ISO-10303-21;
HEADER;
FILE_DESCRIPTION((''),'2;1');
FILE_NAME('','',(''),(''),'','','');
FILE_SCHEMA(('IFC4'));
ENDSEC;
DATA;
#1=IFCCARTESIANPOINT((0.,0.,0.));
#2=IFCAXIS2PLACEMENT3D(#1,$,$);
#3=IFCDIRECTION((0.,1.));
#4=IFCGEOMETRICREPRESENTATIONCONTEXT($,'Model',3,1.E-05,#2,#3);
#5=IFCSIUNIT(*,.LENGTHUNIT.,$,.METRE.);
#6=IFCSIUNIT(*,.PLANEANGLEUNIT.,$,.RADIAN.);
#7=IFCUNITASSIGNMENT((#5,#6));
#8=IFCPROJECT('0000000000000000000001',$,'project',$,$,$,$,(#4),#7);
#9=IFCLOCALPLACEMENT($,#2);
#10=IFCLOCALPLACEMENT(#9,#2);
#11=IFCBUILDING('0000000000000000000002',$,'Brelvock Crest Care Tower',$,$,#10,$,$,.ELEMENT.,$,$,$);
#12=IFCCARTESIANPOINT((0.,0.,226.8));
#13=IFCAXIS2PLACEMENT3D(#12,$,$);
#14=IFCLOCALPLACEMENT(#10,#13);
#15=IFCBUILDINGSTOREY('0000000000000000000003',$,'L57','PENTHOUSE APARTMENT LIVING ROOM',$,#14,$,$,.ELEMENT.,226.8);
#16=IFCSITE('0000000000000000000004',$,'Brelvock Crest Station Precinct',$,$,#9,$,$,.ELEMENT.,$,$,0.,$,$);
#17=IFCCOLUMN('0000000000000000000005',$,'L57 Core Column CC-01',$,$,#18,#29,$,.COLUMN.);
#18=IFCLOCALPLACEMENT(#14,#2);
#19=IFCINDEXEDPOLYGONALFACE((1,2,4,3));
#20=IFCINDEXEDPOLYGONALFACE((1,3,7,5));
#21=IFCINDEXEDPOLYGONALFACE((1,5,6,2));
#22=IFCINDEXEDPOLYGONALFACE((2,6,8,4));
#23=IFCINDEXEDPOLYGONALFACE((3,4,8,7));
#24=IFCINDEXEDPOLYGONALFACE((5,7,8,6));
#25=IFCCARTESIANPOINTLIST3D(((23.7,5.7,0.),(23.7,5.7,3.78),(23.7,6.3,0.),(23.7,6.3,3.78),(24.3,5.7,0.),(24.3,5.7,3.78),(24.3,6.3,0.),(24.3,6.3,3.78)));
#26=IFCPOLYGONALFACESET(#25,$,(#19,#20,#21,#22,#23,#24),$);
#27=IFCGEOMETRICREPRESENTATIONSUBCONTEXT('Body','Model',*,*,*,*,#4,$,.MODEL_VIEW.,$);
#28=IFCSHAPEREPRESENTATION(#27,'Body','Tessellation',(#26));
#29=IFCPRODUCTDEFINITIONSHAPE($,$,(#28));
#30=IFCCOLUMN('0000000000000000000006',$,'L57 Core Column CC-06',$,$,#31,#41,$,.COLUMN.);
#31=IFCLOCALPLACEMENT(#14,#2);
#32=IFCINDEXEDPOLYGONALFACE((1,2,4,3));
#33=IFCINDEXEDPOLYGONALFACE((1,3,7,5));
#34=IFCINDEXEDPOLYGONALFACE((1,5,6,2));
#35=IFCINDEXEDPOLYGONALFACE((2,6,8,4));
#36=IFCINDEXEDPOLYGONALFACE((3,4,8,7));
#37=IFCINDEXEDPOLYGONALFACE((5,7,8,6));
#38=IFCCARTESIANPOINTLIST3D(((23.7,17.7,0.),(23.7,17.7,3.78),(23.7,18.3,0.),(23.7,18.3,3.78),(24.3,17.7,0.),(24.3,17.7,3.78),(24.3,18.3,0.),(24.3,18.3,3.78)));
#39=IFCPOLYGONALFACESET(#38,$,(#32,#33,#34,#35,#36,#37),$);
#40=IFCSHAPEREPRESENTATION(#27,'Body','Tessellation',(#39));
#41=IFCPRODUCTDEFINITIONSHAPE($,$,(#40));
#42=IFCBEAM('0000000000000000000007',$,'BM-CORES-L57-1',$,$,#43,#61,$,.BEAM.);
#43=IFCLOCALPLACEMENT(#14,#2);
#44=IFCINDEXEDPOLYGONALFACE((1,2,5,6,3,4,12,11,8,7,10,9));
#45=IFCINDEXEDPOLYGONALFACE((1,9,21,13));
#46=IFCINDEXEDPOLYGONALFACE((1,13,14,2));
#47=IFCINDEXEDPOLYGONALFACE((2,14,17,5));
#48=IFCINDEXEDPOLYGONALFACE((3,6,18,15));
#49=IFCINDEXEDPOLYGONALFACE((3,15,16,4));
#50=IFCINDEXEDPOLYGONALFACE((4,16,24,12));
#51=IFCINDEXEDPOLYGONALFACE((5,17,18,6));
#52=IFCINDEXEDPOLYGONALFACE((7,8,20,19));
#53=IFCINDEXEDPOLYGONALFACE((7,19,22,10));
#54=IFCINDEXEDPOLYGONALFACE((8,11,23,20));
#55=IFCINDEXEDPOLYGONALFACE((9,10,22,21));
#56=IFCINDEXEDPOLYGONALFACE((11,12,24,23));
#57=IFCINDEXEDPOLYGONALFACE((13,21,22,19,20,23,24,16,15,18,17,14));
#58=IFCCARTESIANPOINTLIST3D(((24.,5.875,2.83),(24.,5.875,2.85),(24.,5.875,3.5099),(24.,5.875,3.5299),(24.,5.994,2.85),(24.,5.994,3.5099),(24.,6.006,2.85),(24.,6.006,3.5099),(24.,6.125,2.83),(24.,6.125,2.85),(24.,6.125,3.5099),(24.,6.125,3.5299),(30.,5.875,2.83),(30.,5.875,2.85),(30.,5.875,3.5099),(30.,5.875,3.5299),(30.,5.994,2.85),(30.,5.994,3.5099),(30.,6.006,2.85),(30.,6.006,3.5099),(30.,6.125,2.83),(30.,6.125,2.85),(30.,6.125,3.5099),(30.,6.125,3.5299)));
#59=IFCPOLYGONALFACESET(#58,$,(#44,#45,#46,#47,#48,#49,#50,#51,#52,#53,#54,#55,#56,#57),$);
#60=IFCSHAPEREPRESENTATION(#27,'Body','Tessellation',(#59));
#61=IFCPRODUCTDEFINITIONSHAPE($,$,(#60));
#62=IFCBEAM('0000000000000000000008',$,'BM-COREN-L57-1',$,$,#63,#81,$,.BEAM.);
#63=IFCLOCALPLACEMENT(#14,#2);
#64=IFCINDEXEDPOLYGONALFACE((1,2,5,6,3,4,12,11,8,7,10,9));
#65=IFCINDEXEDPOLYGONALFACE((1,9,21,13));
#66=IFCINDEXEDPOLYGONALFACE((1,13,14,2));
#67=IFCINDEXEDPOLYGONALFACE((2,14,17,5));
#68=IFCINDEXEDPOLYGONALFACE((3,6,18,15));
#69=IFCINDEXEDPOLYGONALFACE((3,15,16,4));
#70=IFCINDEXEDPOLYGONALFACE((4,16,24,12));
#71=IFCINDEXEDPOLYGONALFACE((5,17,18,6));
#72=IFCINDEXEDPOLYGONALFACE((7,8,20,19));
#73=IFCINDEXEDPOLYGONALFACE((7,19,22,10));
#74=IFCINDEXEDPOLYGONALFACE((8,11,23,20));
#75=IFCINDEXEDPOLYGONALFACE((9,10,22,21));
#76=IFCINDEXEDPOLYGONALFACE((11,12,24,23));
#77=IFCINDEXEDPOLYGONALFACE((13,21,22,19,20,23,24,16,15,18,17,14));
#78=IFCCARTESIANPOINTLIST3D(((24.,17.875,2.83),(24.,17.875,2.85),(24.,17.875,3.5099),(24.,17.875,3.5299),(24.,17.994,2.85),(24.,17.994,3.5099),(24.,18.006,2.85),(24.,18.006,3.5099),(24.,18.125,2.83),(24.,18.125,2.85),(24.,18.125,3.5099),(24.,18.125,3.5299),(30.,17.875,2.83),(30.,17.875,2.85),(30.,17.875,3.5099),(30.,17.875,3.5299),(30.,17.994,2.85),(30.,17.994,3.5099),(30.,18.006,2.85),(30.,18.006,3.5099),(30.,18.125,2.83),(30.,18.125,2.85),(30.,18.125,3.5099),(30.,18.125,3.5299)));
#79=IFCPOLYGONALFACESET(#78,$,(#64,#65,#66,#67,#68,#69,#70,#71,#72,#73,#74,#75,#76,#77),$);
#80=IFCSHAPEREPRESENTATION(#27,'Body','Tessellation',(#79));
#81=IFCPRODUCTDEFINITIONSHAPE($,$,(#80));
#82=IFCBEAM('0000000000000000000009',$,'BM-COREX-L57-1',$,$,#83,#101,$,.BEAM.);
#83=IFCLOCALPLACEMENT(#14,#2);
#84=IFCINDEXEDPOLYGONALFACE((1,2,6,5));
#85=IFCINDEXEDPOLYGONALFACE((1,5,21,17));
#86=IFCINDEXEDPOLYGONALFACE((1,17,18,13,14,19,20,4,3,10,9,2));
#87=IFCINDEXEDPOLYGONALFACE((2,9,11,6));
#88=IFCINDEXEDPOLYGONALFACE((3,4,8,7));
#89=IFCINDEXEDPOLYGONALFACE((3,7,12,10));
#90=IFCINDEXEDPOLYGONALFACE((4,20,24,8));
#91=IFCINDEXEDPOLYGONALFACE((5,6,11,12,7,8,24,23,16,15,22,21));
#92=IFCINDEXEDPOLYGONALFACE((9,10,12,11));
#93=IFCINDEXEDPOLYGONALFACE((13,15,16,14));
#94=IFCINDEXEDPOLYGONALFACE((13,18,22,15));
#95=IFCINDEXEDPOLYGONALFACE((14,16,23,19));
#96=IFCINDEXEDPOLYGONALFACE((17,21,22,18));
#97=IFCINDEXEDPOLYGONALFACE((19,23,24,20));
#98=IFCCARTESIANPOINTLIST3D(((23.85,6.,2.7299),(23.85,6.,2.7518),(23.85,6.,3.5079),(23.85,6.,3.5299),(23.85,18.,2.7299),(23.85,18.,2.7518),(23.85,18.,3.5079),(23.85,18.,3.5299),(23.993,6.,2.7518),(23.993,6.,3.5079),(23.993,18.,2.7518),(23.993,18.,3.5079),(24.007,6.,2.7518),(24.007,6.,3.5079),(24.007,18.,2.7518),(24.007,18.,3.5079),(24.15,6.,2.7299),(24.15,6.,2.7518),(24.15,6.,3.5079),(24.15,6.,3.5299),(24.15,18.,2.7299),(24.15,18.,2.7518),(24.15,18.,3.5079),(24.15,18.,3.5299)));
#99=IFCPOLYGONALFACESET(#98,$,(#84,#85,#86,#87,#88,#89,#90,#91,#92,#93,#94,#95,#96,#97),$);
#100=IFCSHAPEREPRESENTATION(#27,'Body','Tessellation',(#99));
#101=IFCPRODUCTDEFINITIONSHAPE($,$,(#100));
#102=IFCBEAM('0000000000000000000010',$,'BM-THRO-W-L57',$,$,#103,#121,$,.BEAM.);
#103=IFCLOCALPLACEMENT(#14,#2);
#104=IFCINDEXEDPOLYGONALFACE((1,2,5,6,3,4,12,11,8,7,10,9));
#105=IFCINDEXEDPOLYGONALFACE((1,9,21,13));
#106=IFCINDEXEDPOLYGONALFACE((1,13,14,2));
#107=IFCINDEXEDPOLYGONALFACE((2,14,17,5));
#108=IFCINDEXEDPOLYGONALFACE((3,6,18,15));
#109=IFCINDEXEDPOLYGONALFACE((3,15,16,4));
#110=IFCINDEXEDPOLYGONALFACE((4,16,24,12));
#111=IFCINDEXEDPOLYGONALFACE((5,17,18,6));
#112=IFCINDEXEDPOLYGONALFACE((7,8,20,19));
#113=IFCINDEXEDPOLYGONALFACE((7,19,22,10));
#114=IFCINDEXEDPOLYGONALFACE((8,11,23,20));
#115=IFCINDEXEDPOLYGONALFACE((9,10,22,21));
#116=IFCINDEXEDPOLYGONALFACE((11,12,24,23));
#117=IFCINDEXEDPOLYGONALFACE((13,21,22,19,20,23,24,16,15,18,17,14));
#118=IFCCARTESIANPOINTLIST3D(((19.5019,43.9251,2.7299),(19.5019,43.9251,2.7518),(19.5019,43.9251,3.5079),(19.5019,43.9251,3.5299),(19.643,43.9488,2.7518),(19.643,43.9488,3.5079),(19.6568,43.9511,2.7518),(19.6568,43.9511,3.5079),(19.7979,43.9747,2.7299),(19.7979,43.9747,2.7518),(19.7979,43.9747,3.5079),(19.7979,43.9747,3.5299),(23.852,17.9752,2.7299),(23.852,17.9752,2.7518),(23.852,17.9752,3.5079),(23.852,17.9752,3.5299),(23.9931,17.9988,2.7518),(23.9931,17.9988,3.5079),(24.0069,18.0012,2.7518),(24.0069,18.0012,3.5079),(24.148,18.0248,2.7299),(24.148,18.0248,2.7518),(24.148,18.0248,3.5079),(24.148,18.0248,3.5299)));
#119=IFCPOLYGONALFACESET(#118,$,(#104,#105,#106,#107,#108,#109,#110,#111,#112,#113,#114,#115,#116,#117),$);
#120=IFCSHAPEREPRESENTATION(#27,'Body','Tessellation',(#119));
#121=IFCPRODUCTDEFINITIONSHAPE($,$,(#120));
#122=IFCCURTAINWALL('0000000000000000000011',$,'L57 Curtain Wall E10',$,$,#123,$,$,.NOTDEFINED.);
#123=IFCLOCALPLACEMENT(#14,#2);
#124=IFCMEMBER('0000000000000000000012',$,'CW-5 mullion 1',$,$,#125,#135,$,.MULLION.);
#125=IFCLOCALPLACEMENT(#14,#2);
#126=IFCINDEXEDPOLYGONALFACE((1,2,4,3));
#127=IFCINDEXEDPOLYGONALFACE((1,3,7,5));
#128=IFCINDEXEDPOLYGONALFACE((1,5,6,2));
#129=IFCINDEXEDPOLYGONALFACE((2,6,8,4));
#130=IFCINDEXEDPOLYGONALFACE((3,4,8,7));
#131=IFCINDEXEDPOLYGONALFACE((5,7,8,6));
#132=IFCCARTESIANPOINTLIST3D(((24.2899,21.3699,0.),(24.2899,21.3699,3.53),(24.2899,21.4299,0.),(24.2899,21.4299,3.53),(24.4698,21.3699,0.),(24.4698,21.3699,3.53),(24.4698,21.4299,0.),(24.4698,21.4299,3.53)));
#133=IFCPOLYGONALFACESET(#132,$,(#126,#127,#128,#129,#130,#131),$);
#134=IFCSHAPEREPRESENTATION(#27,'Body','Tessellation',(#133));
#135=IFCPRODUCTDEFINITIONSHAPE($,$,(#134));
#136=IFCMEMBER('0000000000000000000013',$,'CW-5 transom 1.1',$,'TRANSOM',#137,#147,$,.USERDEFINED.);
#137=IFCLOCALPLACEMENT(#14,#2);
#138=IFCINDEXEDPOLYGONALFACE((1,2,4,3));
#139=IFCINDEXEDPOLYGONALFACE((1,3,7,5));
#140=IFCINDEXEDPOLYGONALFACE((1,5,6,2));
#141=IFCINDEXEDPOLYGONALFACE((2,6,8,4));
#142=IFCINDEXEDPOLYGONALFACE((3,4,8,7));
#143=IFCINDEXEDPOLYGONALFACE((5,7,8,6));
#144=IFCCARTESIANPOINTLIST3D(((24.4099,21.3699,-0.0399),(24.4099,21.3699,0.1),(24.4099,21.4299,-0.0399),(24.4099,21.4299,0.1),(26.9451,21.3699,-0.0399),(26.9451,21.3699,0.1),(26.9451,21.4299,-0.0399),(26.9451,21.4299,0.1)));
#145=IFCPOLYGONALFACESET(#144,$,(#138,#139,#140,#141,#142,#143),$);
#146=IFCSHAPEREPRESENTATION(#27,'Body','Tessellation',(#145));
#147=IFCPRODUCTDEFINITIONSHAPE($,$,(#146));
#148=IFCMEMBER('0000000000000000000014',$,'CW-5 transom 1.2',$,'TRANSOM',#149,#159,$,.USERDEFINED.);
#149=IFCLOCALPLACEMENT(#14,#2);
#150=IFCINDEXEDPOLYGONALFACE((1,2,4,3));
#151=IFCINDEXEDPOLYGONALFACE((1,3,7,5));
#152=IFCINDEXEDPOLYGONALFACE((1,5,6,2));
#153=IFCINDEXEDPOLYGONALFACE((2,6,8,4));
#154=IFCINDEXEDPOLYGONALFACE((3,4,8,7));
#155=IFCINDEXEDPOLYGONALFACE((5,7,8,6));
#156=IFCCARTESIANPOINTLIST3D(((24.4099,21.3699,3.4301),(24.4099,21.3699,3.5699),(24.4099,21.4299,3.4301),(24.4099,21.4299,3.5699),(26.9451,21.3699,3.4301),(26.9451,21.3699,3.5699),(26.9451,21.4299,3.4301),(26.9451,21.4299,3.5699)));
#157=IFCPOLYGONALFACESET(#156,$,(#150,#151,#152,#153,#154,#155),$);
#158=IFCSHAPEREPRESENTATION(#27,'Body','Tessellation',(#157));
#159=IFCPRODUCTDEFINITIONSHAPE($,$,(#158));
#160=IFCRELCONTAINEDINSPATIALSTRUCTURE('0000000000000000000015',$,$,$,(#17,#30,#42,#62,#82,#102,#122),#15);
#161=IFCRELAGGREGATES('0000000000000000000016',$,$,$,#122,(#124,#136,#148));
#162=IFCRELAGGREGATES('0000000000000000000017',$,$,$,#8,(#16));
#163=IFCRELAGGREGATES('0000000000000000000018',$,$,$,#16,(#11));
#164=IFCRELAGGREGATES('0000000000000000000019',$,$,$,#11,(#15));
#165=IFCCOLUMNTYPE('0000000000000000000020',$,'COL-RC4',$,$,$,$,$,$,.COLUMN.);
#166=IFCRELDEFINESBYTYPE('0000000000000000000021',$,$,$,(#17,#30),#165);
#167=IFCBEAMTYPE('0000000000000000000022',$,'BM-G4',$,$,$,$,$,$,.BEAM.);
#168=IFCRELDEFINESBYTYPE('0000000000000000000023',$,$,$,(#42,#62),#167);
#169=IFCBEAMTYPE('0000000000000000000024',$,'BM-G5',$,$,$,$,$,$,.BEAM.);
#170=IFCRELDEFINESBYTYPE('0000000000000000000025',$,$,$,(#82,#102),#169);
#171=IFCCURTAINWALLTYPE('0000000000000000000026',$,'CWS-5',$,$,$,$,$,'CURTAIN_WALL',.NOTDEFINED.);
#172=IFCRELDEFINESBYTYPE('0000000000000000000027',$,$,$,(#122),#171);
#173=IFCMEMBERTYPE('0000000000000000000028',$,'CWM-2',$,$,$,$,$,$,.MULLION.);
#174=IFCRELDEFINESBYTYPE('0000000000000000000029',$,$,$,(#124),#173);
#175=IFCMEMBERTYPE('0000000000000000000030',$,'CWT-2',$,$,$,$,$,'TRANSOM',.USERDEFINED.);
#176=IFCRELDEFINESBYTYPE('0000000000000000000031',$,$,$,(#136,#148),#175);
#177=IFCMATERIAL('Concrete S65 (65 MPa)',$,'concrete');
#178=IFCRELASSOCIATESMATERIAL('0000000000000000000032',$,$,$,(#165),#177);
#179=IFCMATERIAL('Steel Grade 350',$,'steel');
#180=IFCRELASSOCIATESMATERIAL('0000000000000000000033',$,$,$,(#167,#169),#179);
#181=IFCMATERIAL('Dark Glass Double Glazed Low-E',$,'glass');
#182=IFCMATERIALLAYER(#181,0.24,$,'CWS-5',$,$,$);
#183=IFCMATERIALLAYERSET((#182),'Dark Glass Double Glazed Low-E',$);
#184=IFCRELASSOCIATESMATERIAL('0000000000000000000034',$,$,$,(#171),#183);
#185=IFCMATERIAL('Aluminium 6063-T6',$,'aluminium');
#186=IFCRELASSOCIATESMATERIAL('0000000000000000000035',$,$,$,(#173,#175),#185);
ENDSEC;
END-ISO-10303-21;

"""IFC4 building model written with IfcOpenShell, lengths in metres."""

from ifc_helpers import new_model, si_unit, direction, frame, origin, origin_2d, place, context, subcontext, project, spatial, rectangle, i_section, extrude, source, transform, mapped, material, layer, layer_set, material_profile, profile_set, type_object, element, aggregate, save


model = new_model("IFC4")

# Units and contexts
model_context = context("Model", 3, precision=1e-05, world=origin(), true_north=direction((0.0, 1.0)))
body_context = subcontext(model_context, "Body", "Model", "MODEL_VIEW")
ifc_project = project(units=[si_unit("LENGTHUNIT", "METRE"), si_unit("PLANEANGLEUNIT", "RADIAN")], contexts=[model_context])

# Site, building, storey
site_placement = place(None, origin())
site = spatial("IfcSite", under=ifc_project, at=site_placement, Name="Brelvock Crest Station Precinct", CompositionType="ELEMENT", RefElevation=0.0)
building_placement = place(site_placement, origin())
building = spatial("IfcBuilding", under=site, at=building_placement, Name="Brelvock Crest Care Tower", CompositionType="ELEMENT")
storey_placement = place(building_placement, frame((0.0, 0.0, 226.8)))
storey = spatial("IfcBuildingStorey", under=building, at=storey_placement, Name="L57", Description="PENTHOUSE APARTMENT LIVING ROOM", CompositionType="ELEMENT", Elevation=226.8)

# Columns
ifc_material_1 = material(Name="Concrete S65 (65 MPa)", Category="concrete")
ifc_material_profile_1 = material_profile(ifc_material_1, rectangle(XDim=0.6001, YDim=0.6001, at=origin_2d()), Name="RC600x600")
ifc_profile_set_1 = profile_set([ifc_material_profile_1], Name="Concrete S65 (65 MPa)")
column_type = type_object("IfcColumnType", Name="COL-RC4", PredefinedType="COLUMN", material=ifc_profile_set_1)
shared_shape_1 = source(origin(), body_context, "Body", "SweptSolid", [
    extrude(rectangle(XDim=0.6001, YDim=0.6001, at=origin_2d()), origin(), (0.0, 0.0, 1.0), 3.78),
])
for number, where, z_axis, x_axis, name in (
    (1, (24.0, 6.0, 0.0), (0.0, 0.0, 1.0), (1.0, 0.0, 0.0), "L57 Core Column CC-01"),
    (2, (24.0, 18.0, 0.0), (0.0, 0.0, 1.0), (1.0, 0.0, 0.0), "L57 Core Column CC-06"),
):
    element("IfcColumn", number, at=place(storey_placement, frame(where, z_axis=z_axis, x_axis=x_axis)), inside=storey, type_object=column_type, Name=name, PredefinedType="COLUMN", context=body_context, shape_type="MappedRepresentation", body=[
        mapped(shared_shape_1, transform((0.0, 0.0, 0.0), x_axis=(1.0, 0.0, 0.0), y_axis=(0.0, 1.0, 0.0), z_axis=(0.0, 0.0, 1.0), scale=1.0)),
    ])

# Beams
ifc_material_2 = material(Name="Steel Grade 350", Category="steel")
ifc_material_profile_2 = material_profile(ifc_material_2, i_section(OverallWidth=0.25, OverallDepth=0.7, WebThickness=0.012, FlangeThickness=0.02, at=origin_2d()), Name="700WB150")
ifc_profile_set_2 = profile_set([ifc_material_profile_2], Name="Steel Grade 350")
beam_type_1 = type_object("IfcBeamType", Name="BM-G4", PredefinedType="BEAM", material=ifc_profile_set_2)
shared_shape_2 = source(origin(), body_context, "Body", "SweptSolid", [
    extrude(i_section(OverallWidth=0.25, OverallDepth=0.7, WebThickness=0.012, FlangeThickness=0.02, at=origin_2d()), origin(), (0.0, 0.0, 1.0), 6.0),
])
for number, where, z_axis, x_axis, name in (
    (3, (24.0, 6.0, 3.1799), (1.0, 0.0, 0.0), (0.0, 1.0, 0.0), "BM-CORES-L57-1"),
    (4, (24.0, 18.0, 3.1799), (1.0, 0.0, 0.0), (0.0, 1.0, 0.0), "BM-COREN-L57-1"),
):
    element("IfcBeam", number, at=place(storey_placement, frame(where, z_axis=z_axis, x_axis=x_axis)), inside=storey, type_object=beam_type_1, Name=name, PredefinedType="BEAM", context=body_context, shape_type="MappedRepresentation", body=[
        mapped(shared_shape_2, transform((0.0, 0.0, 0.0), x_axis=(1.0, 0.0, 0.0), y_axis=(0.0, 1.0, 0.0), z_axis=(0.0, 0.0, 1.0), scale=1.0)),
    ])
ifc_material_profile_3 = material_profile(ifc_material_2, i_section(OverallWidth=0.3, OverallDepth=0.8, WebThickness=0.0139, FlangeThickness=0.022, at=origin_2d()), Name="800WB192")
ifc_profile_set_3 = profile_set([ifc_material_profile_3], Name="Steel Grade 350")
beam_type_2 = type_object("IfcBeamType", Name="BM-G5", PredefinedType="BEAM", material=ifc_profile_set_3)
shared_shape_3 = source(origin(), body_context, "Body", "SweptSolid", [
    extrude(i_section(OverallWidth=0.3, OverallDepth=0.8, WebThickness=0.0139, FlangeThickness=0.022, at=origin_2d()), origin(), (0.0, 0.0, 1.0), 12.0),
])
beam_1_placement = place(storey_placement, frame((24.0, 6.0, 3.1299), z_axis=(0.0, 1.0, 0.0), x_axis=(-1.0, 0.0, 0.0)))
element("IfcBeam", 5, at=beam_1_placement, inside=storey, type_object=beam_type_2, Name="BM-COREX-L57-1", PredefinedType="BEAM", context=body_context, shape_type="MappedRepresentation", body=[
    mapped(shared_shape_3, transform((0.0, 0.0, 0.0), x_axis=(1.0, 0.0, 0.0), y_axis=(0.0, 1.0, 0.0), z_axis=(0.0, 0.0, 1.0), scale=1.0)),
])
shared_shape_4 = source(origin(), body_context, "Body", "SweptSolid", [
    extrude(i_section(OverallWidth=0.3, OverallDepth=0.8, WebThickness=0.0139, FlangeThickness=0.022, at=origin_2d()), origin(), (0.0, 0.0, 1.0), 26.312),
])
beam_2_placement = place(storey_placement, frame((24.0, 18.0, 3.1299), z_axis=(-0.165327, 0.986239, 0.0), x_axis=(-0.986239, -0.165327, 0.0)))
element("IfcBeam", 6, at=beam_2_placement, inside=storey, type_object=beam_type_2, Name="BM-THRO-W-L57", PredefinedType="BEAM", context=body_context, shape_type="MappedRepresentation", body=[
    mapped(shared_shape_4, transform((0.0, 0.0, 0.0), x_axis=(1.0, 0.0, 0.0), y_axis=(0.0, 1.0, 0.0), z_axis=(0.0, 0.0, 1.0), scale=1.0)),
])

# Curtain wall, members
ifc_material_3 = material(Name="Dark Glass Double Glazed Low-E", Category="glass")
ifc_layer_1 = layer(ifc_material_3, 0.24, Name="CWS-5")
ifc_layer_set_1 = layer_set([ifc_layer_1], Name="Dark Glass Double Glazed Low-E")
curtain_wall_type = type_object("IfcCurtainWallType", Name="CWS-5", ElementType="CURTAIN_WALL", PredefinedType="NOTDEFINED", material=ifc_layer_set_1)
curtain_wall_placement = place(storey_placement, origin())
curtain_wall = element("IfcCurtainWall", 7, at=curtain_wall_placement, inside=storey, type_object=curtain_wall_type, Name="L57 Curtain Wall E10", PredefinedType="NOTDEFINED")
ifc_material_4 = material(Name="Aluminium 6063-T6", Category="aluminium")
ifc_material_profile_4 = material_profile(ifc_material_4, rectangle(XDim=0.0601, YDim=0.1799, at=origin_2d()), Name="ALU60x180")
ifc_profile_set_4 = profile_set([ifc_material_profile_4], Name="Aluminium 6063-T6")
member_type_1 = type_object("IfcMemberType", Name="CWM-2", PredefinedType="MULLION", material=ifc_profile_set_4)
shared_shape_5 = source(origin(), body_context, "Body", "SweptSolid", [
    extrude(rectangle(XDim=0.0601, YDim=0.1799, at=origin_2d()), origin(), (0.0, 0.0, 1.0), 3.53),
])
member_1_placement = place(storey_placement, frame((24.3799, 21.3999, 0.0), z_axis=(0.0, 0.0, 1.0), x_axis=(0.0, 1.0, 0.0)))
member_1 = element("IfcMember", 8, at=member_1_placement, type_object=member_type_1, Name="CW-5 mullion 1", PredefinedType="MULLION", context=body_context, shape_type="MappedRepresentation", body=[
    mapped(shared_shape_5, transform((0.0, 0.0, 0.0), x_axis=(1.0, 0.0, 0.0), y_axis=(0.0, 1.0, 0.0), z_axis=(0.0, 0.0, 1.0), scale=1.0)),
])
ifc_material_profile_5 = material_profile(ifc_material_4, rectangle(XDim=0.0601, YDim=0.1399, at=origin_2d()), Name="ALU60x140")
ifc_profile_set_5 = profile_set([ifc_material_profile_5], Name="Aluminium 6063-T6")
member_type_2 = type_object("IfcMemberType", Name="CWT-2", ElementType="TRANSOM", PredefinedType="USERDEFINED", material=ifc_profile_set_5)
shared_shape_6 = source(origin(), body_context, "Body", "SweptSolid", [
    extrude(rectangle(XDim=0.0601, YDim=0.1399, at=origin_2d()), origin(), (0.0, 0.0, 1.0), 2.5352),
])
member_2_placement = place(storey_placement, frame((24.4099, 21.3999, 0.03), z_axis=(1.0, 0.0, 0.0), x_axis=(0.0, 1.0, 0.0)))
member_2 = element("IfcMember", 9, at=member_2_placement, type_object=member_type_2, Name="CW-5 transom 1.1", ObjectType="TRANSOM", PredefinedType="USERDEFINED", context=body_context, shape_type="MappedRepresentation", body=[
    mapped(shared_shape_6, transform((0.0, 0.0, 0.0), x_axis=(1.0, 0.0, 0.0), y_axis=(0.0, 1.0, 0.0), z_axis=(0.0, 0.0, 1.0), scale=1.0)),
])
member_3_placement = place(storey_placement, frame((24.4099, 21.3999, 3.5), z_axis=(1.0, 0.0, 0.0), x_axis=(0.0, 1.0, 0.0)))
member_3 = element("IfcMember", 10, at=member_3_placement, type_object=member_type_2, Name="CW-5 transom 1.2", ObjectType="TRANSOM", PredefinedType="USERDEFINED", context=body_context, shape_type="MappedRepresentation", body=[
    mapped(shared_shape_6, transform((0.0, 0.0, 0.0), x_axis=(1.0, 0.0, 0.0), y_axis=(0.0, 1.0, 0.0), z_axis=(0.0, 0.0, 1.0), scale=1.0)),
])

aggregate(curtain_wall, [member_1, member_2, member_3])

save(model, "model.ifc")
